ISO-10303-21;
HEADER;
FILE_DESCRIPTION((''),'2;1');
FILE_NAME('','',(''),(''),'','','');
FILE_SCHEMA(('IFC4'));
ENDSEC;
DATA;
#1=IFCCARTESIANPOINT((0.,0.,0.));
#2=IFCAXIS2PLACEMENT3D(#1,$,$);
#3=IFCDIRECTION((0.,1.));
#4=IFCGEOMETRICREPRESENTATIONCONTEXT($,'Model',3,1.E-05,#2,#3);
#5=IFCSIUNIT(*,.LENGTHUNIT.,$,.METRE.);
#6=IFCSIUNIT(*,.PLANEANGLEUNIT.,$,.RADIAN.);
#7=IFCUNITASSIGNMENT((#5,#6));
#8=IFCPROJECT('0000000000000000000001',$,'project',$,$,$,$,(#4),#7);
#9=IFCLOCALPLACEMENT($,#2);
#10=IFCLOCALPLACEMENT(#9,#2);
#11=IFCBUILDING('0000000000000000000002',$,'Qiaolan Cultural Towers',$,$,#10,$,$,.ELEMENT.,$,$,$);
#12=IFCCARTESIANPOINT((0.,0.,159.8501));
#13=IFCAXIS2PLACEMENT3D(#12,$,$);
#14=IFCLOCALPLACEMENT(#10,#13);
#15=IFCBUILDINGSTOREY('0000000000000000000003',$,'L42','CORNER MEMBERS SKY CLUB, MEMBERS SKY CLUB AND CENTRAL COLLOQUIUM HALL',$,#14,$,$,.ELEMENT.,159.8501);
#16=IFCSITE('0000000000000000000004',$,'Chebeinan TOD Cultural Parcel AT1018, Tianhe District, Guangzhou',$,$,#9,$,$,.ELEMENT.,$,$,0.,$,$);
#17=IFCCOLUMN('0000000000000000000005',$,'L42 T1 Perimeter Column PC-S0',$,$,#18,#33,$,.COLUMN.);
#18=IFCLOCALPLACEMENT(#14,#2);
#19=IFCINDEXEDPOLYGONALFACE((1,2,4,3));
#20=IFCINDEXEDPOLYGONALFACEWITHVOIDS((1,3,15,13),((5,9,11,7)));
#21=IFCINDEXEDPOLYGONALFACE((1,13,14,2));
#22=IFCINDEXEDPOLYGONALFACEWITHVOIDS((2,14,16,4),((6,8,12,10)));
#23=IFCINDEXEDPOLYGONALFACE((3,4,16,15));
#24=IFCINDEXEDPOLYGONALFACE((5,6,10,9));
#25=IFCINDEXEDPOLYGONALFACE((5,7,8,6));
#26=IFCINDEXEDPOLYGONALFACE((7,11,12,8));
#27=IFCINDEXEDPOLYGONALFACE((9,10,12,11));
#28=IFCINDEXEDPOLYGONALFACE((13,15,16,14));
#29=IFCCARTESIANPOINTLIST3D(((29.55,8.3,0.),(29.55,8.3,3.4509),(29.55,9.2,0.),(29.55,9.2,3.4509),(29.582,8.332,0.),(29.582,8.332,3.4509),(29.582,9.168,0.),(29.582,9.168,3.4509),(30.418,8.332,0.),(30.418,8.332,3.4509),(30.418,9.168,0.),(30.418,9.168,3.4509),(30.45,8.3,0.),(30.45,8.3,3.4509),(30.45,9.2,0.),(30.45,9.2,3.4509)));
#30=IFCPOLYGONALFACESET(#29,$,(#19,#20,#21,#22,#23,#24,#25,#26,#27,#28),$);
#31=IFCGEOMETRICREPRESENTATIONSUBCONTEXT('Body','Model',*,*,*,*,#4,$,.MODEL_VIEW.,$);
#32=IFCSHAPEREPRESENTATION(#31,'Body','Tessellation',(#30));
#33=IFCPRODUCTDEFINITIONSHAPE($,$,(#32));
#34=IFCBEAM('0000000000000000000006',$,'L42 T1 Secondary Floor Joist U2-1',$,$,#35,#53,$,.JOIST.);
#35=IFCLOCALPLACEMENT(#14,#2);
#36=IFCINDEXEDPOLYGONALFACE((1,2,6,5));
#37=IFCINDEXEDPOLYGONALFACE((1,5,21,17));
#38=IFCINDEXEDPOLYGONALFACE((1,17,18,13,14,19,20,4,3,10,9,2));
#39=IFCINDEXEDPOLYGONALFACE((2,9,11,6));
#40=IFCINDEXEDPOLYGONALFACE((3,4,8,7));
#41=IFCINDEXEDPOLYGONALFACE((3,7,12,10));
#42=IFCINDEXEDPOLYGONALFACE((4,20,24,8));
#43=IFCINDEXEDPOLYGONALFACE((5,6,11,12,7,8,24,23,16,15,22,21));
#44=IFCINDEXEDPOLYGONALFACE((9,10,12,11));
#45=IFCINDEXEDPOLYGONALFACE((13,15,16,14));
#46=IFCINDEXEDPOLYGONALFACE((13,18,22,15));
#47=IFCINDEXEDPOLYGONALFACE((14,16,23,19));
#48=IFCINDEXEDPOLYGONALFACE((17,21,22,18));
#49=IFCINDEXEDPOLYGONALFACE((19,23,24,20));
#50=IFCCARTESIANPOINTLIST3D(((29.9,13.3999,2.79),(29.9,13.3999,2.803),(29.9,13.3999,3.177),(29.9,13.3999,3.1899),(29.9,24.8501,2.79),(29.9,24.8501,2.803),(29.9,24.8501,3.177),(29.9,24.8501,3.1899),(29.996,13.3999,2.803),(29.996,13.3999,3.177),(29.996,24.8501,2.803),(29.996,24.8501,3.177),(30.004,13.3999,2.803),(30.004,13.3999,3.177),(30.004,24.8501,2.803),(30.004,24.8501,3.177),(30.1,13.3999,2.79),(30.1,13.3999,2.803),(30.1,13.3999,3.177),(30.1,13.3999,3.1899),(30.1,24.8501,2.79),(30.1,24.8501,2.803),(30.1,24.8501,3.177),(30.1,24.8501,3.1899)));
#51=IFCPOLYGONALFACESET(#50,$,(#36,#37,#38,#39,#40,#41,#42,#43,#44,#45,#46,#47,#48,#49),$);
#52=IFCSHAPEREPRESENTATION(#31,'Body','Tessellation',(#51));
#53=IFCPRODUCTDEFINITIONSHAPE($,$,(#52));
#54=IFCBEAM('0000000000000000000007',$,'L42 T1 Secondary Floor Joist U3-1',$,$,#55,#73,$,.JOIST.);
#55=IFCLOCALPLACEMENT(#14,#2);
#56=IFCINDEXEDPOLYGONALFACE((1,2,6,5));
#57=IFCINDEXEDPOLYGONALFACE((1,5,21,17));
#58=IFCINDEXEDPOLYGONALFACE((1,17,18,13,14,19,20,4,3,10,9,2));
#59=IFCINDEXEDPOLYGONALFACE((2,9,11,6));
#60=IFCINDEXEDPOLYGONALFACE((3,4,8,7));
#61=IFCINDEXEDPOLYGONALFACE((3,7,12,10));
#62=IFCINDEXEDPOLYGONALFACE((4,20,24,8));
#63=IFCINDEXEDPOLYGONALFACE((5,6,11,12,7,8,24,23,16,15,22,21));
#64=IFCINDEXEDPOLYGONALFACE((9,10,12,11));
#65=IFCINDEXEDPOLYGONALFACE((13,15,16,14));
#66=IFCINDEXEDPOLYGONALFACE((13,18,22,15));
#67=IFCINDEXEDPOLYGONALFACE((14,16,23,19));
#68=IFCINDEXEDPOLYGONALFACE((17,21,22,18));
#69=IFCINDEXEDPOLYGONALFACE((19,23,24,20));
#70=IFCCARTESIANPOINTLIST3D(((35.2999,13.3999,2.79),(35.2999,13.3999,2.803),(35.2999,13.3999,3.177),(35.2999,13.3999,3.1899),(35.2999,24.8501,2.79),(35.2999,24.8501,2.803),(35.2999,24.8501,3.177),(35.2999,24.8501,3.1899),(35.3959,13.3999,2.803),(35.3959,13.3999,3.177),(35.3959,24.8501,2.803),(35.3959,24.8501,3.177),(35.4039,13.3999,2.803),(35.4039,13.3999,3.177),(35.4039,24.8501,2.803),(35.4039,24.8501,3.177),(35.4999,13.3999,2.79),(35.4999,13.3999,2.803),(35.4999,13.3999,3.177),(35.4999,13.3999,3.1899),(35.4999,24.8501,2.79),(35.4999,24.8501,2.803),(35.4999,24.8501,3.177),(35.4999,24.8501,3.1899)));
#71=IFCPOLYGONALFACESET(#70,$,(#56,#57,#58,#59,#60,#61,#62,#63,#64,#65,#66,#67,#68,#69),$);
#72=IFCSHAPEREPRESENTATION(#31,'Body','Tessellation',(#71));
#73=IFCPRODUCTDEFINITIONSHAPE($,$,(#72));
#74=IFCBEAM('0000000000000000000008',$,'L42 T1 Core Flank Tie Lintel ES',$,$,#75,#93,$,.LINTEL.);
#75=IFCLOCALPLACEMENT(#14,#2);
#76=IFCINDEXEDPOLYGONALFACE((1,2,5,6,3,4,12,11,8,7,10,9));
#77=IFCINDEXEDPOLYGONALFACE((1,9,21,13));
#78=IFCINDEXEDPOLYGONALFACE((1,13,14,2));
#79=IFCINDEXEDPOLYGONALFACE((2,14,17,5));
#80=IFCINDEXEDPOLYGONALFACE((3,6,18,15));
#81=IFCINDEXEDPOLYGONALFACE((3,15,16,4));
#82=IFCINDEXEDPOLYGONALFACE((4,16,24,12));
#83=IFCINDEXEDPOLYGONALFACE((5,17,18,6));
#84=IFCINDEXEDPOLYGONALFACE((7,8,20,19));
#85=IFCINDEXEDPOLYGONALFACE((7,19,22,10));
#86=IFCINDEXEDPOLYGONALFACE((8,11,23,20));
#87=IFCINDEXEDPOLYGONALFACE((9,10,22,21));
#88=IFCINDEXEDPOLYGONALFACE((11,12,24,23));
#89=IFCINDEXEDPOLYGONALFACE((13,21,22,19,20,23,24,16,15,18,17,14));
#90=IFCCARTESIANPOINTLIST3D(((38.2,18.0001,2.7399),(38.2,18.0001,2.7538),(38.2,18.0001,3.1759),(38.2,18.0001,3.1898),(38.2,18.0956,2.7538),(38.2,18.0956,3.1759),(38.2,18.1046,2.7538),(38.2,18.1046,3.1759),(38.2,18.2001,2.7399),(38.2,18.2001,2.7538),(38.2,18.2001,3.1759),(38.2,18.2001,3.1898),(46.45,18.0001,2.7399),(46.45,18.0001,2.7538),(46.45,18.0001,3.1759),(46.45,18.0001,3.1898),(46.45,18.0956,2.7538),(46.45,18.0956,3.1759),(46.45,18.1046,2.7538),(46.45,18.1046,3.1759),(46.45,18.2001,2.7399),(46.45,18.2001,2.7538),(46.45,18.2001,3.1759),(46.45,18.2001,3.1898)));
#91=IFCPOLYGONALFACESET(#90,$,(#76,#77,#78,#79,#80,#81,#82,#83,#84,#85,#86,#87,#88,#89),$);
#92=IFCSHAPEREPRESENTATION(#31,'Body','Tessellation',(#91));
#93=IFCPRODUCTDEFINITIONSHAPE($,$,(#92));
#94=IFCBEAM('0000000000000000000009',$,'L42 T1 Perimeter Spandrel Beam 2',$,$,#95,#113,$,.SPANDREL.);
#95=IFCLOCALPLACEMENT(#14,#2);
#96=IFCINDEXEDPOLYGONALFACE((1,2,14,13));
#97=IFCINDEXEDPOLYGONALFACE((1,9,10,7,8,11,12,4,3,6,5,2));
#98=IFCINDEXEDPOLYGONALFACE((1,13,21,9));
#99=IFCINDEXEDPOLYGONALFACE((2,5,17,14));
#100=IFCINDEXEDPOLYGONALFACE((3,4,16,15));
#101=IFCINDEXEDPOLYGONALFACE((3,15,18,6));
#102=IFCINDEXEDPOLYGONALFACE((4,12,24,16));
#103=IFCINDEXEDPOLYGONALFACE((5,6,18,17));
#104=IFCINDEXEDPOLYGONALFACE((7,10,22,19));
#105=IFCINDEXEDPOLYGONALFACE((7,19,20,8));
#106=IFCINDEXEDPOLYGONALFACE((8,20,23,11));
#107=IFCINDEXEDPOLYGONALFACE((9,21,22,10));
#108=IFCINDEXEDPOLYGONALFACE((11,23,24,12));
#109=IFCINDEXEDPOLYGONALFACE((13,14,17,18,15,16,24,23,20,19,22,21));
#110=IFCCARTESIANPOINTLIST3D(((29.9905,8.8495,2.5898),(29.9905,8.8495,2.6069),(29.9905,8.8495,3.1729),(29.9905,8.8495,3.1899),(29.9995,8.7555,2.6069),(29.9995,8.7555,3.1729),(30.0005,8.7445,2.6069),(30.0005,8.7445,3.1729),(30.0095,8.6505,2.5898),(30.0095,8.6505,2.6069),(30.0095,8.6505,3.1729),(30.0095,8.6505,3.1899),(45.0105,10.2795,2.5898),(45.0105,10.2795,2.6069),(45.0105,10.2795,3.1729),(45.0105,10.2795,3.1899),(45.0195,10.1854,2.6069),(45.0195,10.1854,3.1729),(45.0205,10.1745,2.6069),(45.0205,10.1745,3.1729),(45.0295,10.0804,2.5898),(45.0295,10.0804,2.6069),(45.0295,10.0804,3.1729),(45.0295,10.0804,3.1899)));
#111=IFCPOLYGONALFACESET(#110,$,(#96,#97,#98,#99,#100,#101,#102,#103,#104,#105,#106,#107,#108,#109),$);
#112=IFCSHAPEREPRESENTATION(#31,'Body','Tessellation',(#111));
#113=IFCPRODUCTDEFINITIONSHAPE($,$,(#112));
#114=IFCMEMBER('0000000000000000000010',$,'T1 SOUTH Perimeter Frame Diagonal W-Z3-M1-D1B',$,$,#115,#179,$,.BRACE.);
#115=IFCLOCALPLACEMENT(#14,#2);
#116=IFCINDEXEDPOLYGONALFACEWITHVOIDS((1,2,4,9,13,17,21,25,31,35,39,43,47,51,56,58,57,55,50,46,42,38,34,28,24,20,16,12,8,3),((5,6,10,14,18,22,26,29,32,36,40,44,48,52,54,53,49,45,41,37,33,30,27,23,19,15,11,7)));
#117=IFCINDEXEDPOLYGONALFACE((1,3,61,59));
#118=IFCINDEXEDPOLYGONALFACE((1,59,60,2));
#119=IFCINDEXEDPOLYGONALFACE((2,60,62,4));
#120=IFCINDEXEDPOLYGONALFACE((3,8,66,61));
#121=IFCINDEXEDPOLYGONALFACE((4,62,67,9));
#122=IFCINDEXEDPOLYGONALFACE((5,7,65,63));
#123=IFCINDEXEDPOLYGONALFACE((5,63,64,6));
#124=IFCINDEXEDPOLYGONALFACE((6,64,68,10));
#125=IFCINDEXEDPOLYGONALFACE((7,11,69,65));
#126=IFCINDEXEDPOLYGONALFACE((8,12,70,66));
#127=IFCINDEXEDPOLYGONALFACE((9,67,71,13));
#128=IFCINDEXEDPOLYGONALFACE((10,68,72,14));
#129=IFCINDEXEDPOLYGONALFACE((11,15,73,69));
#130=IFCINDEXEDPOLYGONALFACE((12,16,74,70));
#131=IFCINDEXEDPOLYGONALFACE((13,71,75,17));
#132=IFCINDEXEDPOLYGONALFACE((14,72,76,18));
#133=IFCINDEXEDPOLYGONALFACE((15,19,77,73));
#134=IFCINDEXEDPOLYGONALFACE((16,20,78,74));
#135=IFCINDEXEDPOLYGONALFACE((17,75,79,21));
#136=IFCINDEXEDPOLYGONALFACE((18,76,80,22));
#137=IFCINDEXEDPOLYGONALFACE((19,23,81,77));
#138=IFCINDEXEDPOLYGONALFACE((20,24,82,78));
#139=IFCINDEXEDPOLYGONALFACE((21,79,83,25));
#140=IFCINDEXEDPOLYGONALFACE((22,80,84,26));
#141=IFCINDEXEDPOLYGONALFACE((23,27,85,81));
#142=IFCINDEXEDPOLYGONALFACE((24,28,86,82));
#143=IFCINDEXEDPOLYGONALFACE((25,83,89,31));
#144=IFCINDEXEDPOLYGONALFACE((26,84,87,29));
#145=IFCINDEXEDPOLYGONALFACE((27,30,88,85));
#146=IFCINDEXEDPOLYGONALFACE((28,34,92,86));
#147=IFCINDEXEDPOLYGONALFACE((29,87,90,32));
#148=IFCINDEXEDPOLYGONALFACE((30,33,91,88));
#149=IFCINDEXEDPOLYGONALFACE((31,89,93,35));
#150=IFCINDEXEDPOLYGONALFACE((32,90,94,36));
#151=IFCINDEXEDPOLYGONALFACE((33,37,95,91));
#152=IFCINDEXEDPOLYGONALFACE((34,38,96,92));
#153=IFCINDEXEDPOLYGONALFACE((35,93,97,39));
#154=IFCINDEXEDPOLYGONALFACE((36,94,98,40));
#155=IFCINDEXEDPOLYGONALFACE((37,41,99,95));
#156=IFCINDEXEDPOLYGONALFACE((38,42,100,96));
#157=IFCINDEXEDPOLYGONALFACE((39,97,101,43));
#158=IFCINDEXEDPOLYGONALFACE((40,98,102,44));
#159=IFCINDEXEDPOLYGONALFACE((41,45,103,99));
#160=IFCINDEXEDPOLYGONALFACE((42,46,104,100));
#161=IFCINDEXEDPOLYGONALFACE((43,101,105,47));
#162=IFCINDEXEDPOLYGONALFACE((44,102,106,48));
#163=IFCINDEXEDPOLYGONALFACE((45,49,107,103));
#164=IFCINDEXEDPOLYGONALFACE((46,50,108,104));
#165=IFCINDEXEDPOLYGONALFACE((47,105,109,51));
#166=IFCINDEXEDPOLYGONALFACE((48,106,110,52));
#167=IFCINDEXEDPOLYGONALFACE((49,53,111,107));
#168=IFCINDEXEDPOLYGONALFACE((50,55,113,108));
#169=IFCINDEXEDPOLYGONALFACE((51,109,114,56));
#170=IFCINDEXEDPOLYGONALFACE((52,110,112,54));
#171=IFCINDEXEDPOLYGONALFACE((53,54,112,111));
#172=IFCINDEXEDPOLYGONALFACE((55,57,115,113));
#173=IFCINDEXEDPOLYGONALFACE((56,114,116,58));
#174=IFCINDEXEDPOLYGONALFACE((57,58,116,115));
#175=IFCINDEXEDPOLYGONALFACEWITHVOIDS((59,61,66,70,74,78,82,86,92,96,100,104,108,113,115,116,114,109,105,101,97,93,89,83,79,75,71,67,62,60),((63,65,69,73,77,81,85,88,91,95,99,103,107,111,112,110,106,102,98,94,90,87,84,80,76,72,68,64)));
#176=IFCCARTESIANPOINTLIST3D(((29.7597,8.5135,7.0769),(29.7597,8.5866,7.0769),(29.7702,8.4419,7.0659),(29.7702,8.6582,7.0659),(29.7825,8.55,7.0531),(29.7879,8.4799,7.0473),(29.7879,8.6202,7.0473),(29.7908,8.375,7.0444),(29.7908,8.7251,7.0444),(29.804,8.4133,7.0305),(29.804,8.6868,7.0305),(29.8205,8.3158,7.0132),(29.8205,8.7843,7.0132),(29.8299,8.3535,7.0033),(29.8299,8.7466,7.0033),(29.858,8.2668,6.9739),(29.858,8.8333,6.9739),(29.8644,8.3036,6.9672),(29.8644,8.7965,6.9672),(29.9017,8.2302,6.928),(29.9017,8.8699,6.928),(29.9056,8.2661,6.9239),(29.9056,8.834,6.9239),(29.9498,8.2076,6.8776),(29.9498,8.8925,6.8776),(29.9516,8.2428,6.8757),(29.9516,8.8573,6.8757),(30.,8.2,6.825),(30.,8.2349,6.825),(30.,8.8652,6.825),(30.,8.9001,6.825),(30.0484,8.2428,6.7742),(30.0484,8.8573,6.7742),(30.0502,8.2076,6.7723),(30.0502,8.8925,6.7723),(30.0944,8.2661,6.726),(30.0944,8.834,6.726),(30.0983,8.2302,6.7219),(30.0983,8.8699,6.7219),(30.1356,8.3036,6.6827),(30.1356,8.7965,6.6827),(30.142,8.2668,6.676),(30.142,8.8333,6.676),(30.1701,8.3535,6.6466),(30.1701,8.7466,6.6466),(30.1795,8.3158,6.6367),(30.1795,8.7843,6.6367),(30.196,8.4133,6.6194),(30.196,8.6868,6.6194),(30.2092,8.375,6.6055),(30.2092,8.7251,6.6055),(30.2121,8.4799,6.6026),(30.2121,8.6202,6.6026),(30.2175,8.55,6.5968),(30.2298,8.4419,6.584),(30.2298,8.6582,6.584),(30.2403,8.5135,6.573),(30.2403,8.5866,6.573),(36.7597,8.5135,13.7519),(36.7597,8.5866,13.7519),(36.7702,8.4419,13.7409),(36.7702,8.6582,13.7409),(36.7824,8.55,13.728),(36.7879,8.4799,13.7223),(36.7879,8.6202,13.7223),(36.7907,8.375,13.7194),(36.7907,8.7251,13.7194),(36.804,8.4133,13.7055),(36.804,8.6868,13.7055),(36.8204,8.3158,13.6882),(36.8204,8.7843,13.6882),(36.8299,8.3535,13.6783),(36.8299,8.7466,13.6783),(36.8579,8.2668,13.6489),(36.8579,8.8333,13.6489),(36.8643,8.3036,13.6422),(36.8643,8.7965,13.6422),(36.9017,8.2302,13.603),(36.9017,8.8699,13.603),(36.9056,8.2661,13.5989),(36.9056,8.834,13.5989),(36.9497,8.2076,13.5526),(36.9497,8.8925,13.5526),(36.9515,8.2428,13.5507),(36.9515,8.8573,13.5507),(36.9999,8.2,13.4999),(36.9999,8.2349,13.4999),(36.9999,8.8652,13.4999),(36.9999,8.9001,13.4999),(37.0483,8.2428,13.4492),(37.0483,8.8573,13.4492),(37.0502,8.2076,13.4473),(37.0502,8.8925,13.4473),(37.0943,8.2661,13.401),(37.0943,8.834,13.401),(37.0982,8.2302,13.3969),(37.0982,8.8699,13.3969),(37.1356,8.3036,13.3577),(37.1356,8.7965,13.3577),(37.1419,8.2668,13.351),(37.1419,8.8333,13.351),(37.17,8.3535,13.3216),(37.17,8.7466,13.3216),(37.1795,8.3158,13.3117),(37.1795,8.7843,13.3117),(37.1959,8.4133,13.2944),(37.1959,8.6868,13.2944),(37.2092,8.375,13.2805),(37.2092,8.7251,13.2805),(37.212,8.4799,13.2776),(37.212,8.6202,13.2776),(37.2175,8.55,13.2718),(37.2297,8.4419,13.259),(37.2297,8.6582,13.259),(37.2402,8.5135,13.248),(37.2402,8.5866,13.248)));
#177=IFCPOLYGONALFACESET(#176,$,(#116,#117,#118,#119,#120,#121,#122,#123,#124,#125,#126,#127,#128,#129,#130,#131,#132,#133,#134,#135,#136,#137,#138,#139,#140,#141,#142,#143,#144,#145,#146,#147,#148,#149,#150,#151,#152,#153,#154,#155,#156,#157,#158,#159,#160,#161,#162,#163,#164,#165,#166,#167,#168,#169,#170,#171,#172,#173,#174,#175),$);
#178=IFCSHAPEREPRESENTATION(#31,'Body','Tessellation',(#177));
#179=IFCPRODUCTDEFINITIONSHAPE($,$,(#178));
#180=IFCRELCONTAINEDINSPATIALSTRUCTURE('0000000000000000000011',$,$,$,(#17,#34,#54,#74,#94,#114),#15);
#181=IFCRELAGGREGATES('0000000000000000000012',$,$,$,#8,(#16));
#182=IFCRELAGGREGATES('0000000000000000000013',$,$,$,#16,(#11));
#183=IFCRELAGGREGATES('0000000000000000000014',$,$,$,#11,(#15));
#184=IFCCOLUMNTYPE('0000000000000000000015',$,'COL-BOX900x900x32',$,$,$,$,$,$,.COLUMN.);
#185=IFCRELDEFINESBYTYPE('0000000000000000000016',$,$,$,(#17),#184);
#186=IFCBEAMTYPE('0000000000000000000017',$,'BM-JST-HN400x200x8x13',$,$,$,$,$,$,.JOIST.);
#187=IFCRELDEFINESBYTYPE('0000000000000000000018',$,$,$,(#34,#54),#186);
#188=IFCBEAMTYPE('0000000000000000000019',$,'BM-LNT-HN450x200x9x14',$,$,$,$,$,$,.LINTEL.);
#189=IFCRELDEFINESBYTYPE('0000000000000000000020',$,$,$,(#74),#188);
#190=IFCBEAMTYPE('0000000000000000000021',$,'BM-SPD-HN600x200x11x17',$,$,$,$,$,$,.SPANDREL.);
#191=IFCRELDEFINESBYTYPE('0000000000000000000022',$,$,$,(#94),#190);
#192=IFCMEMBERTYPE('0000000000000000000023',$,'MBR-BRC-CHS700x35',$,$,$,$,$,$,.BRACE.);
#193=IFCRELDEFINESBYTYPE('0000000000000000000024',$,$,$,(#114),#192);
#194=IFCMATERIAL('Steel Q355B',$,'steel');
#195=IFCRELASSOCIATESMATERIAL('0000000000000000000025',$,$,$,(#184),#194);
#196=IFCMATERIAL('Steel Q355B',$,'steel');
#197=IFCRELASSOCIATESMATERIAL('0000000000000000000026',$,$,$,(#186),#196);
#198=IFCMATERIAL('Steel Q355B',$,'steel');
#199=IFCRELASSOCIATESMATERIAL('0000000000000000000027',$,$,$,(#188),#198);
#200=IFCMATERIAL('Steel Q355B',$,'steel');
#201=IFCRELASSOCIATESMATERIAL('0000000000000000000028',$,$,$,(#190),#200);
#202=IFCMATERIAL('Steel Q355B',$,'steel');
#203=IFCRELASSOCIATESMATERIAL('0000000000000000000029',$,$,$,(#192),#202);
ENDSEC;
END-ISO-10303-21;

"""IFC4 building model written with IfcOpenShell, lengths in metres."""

from ifc_helpers import new_model, si_unit, direction, frame, origin, origin_2d, place, context, subcontext, project, spatial, hollow_rectangle, hollow_circle, i_section, extrude, material, material_profile, profile_set, type_object, element, save


model = new_model("IFC4")

# Units and contexts
model_context = context("Model", 3, precision=1e-05, world=origin(), true_north=direction((0.0, 1.0)))
body_context = subcontext(model_context, "Body", "Model", "MODEL_VIEW")
ifc_project = project(units=[si_unit("LENGTHUNIT", "METRE"), si_unit("PLANEANGLEUNIT", "RADIAN")], contexts=[model_context])

# Site, building, storey
site_placement = place(None, origin())
site = spatial("IfcSite", under=ifc_project, at=site_placement, Name="Chebeinan TOD Cultural Parcel AT1018, Tianhe District, Guangzhou", CompositionType="ELEMENT", RefElevation=0.0)
building_placement = place(site_placement, origin())
building = spatial("IfcBuilding", under=site, at=building_placement, Name="Qiaolan Cultural Towers", CompositionType="ELEMENT")
storey_placement = place(building_placement, frame((0.0, 0.0, 159.8501)))
storey = spatial("IfcBuildingStorey", under=building, at=storey_placement, Name="L42", Description="CORNER MEMBERS SKY CLUB, MEMBERS SKY CLUB AND CENTRAL COLLOQUIUM HALL", CompositionType="ELEMENT", Elevation=159.8501)

# Column
ifc_material_1 = material(Name="Steel Q355B", Category="steel")
ifc_material_profile_1 = material_profile(ifc_material_1, hollow_rectangle(XDim=0.8999, YDim=0.8999, WallThickness=0.032, at=origin_2d()), Name="BOX900x900x32")
ifc_profile_set_1 = profile_set([ifc_material_profile_1], Name="Steel Q355B")
column_type = type_object("IfcColumnType", Name="COL-BOX900x900x32", PredefinedType="COLUMN", material=ifc_profile_set_1)
column_placement = place(storey_placement, frame((30.0, 8.75, 0.0), z_axis=(0.0, 0.0, 1.0), x_axis=(1.0, 0.0, 0.0)))
element("IfcColumn", 1, at=column_placement, inside=storey, type_object=column_type, Name="L42 T1 Perimeter Column PC-S0", PredefinedType="COLUMN", context=body_context, shape_type="SweptSolid", body=[
    extrude(hollow_rectangle(XDim=0.8999, YDim=0.8999, WallThickness=0.032, at=origin_2d()), origin(), (0.0, 0.0, 1.0), 3.4509),
])

# Beams
ifc_material_2 = material(Name="Steel Q355B", Category="steel")
ifc_material_profile_2 = material_profile(ifc_material_2, i_section(OverallWidth=0.2, OverallDepth=0.3999, WebThickness=0.0081, FlangeThickness=0.0129, at=origin_2d()), Name="HN400x200x8x13")
ifc_profile_set_2 = profile_set([ifc_material_profile_2], Name="Steel Q355B")
beam_type_1 = type_object("IfcBeamType", Name="BM-JST-HN400x200x8x13", PredefinedType="JOIST", material=ifc_profile_set_2)
for number, where, z_axis, x_axis, name in (
    (2, (30.0, 13.3999, 2.99), (0.0, 1.0, 0.0), (-1.0, 0.0, 0.0), "L42 T1 Secondary Floor Joist U2-1"),
    (3, (35.3999, 13.3999, 2.99), (0.0, 1.0, 0.0), (-1.0, 0.0, 0.0), "L42 T1 Secondary Floor Joist U3-1"),
):
    element("IfcBeam", number, at=place(storey_placement, frame(where, z_axis=z_axis, x_axis=x_axis)), inside=storey, type_object=beam_type_1, Name=name, PredefinedType="JOIST", context=body_context, shape_type="SweptSolid", body=[
        extrude(i_section(OverallWidth=0.2, OverallDepth=0.3999, WebThickness=0.0081, FlangeThickness=0.0129, at=origin_2d()), origin(), (0.0, 0.0, 1.0), 11.4502),
    ])
ifc_material_3 = material(Name="Steel Q355B", Category="steel")
ifc_material_profile_3 = material_profile(ifc_material_3, i_section(OverallWidth=0.2, OverallDepth=0.45, WebThickness=0.009, FlangeThickness=0.0139, at=origin_2d()), Name="HN450x200x9x14")
ifc_profile_set_3 = profile_set([ifc_material_profile_3], Name="Steel Q355B")
beam_type_2 = type_object("IfcBeamType", Name="BM-LNT-HN450x200x9x14", PredefinedType="LINTEL", material=ifc_profile_set_3)
beam_1_placement = place(storey_placement, frame((38.2, 18.1001, 2.9648), z_axis=(1.0, 0.0, 0.0), x_axis=(0.0, 1.0, 0.0)))
element("IfcBeam", 4, at=beam_1_placement, inside=storey, type_object=beam_type_2, Name="L42 T1 Core Flank Tie Lintel ES", PredefinedType="LINTEL", context=body_context, shape_type="SweptSolid", body=[
    extrude(i_section(OverallWidth=0.2, OverallDepth=0.45, WebThickness=0.009, FlangeThickness=0.0139, at=origin_2d()), origin(), (0.0, 0.0, 1.0), 8.25),
])
ifc_material_4 = material(Name="Steel Q355B", Category="steel")
ifc_material_profile_4 = material_profile(ifc_material_4, i_section(OverallWidth=0.2, OverallDepth=0.6001, WebThickness=0.011, FlangeThickness=0.0171, at=origin_2d()), Name="HN600x200x11x17")
ifc_profile_set_4 = profile_set([ifc_material_profile_4], Name="Steel Q355B")
beam_type_3 = type_object("IfcBeamType", Name="BM-SPD-HN600x200x11x17", PredefinedType="SPANDREL", material=ifc_profile_set_4)
beam_2_placement = place(storey_placement, frame((30.0, 8.75, 2.8899), z_axis=(0.995499, 0.094773, 0.0), x_axis=(-0.094773, 0.995499, 0.0)))
element("IfcBeam", 5, at=beam_2_placement, inside=storey, type_object=beam_type_3, Name="L42 T1 Perimeter Spandrel Beam 2", PredefinedType="SPANDREL", context=body_context, shape_type="SweptSolid", body=[
    extrude(i_section(OverallWidth=0.2, OverallDepth=0.6001, WebThickness=0.011, FlangeThickness=0.0171, at=origin_2d()), origin(), (0.0, 0.0, 1.0), 15.0879),
])

# Member
ifc_material_5 = material(Name="Steel Q355B", Category="steel")
ifc_material_profile_5 = material_profile(ifc_material_5, hollow_circle(Radius=0.3501, WallThickness=0.0349, at=origin_2d()), Name="CHS700x35")
ifc_profile_set_5 = profile_set([ifc_material_profile_5], Name="Steel Q355B")
member_type = type_object("IfcMemberType", Name="MBR-BRC-CHS700x35", PredefinedType="BRACE", material=ifc_profile_set_5)
for number, where, z_axis, x_axis, name in (
    (6, (30.0, 8.55, 6.825), (0.723705, 0.0, 0.690109), (0.0, 1.0, 0.0), "T1 SOUTH Perimeter Frame Diagonal W-Z3-M1-D1B"),
):
    element("IfcMember", number, at=place(storey_placement, frame(where, z_axis=z_axis, x_axis=x_axis)), inside=storey, type_object=member_type, Name=name, PredefinedType="BRACE", context=body_context, shape_type="SweptSolid", body=[
        extrude(hollow_circle(Radius=0.3501, WallThickness=0.0349, at=origin_2d()), origin(), (0.0, 0.0, 1.0), 9.6724),
    ])

save(model, "model.ifc")
